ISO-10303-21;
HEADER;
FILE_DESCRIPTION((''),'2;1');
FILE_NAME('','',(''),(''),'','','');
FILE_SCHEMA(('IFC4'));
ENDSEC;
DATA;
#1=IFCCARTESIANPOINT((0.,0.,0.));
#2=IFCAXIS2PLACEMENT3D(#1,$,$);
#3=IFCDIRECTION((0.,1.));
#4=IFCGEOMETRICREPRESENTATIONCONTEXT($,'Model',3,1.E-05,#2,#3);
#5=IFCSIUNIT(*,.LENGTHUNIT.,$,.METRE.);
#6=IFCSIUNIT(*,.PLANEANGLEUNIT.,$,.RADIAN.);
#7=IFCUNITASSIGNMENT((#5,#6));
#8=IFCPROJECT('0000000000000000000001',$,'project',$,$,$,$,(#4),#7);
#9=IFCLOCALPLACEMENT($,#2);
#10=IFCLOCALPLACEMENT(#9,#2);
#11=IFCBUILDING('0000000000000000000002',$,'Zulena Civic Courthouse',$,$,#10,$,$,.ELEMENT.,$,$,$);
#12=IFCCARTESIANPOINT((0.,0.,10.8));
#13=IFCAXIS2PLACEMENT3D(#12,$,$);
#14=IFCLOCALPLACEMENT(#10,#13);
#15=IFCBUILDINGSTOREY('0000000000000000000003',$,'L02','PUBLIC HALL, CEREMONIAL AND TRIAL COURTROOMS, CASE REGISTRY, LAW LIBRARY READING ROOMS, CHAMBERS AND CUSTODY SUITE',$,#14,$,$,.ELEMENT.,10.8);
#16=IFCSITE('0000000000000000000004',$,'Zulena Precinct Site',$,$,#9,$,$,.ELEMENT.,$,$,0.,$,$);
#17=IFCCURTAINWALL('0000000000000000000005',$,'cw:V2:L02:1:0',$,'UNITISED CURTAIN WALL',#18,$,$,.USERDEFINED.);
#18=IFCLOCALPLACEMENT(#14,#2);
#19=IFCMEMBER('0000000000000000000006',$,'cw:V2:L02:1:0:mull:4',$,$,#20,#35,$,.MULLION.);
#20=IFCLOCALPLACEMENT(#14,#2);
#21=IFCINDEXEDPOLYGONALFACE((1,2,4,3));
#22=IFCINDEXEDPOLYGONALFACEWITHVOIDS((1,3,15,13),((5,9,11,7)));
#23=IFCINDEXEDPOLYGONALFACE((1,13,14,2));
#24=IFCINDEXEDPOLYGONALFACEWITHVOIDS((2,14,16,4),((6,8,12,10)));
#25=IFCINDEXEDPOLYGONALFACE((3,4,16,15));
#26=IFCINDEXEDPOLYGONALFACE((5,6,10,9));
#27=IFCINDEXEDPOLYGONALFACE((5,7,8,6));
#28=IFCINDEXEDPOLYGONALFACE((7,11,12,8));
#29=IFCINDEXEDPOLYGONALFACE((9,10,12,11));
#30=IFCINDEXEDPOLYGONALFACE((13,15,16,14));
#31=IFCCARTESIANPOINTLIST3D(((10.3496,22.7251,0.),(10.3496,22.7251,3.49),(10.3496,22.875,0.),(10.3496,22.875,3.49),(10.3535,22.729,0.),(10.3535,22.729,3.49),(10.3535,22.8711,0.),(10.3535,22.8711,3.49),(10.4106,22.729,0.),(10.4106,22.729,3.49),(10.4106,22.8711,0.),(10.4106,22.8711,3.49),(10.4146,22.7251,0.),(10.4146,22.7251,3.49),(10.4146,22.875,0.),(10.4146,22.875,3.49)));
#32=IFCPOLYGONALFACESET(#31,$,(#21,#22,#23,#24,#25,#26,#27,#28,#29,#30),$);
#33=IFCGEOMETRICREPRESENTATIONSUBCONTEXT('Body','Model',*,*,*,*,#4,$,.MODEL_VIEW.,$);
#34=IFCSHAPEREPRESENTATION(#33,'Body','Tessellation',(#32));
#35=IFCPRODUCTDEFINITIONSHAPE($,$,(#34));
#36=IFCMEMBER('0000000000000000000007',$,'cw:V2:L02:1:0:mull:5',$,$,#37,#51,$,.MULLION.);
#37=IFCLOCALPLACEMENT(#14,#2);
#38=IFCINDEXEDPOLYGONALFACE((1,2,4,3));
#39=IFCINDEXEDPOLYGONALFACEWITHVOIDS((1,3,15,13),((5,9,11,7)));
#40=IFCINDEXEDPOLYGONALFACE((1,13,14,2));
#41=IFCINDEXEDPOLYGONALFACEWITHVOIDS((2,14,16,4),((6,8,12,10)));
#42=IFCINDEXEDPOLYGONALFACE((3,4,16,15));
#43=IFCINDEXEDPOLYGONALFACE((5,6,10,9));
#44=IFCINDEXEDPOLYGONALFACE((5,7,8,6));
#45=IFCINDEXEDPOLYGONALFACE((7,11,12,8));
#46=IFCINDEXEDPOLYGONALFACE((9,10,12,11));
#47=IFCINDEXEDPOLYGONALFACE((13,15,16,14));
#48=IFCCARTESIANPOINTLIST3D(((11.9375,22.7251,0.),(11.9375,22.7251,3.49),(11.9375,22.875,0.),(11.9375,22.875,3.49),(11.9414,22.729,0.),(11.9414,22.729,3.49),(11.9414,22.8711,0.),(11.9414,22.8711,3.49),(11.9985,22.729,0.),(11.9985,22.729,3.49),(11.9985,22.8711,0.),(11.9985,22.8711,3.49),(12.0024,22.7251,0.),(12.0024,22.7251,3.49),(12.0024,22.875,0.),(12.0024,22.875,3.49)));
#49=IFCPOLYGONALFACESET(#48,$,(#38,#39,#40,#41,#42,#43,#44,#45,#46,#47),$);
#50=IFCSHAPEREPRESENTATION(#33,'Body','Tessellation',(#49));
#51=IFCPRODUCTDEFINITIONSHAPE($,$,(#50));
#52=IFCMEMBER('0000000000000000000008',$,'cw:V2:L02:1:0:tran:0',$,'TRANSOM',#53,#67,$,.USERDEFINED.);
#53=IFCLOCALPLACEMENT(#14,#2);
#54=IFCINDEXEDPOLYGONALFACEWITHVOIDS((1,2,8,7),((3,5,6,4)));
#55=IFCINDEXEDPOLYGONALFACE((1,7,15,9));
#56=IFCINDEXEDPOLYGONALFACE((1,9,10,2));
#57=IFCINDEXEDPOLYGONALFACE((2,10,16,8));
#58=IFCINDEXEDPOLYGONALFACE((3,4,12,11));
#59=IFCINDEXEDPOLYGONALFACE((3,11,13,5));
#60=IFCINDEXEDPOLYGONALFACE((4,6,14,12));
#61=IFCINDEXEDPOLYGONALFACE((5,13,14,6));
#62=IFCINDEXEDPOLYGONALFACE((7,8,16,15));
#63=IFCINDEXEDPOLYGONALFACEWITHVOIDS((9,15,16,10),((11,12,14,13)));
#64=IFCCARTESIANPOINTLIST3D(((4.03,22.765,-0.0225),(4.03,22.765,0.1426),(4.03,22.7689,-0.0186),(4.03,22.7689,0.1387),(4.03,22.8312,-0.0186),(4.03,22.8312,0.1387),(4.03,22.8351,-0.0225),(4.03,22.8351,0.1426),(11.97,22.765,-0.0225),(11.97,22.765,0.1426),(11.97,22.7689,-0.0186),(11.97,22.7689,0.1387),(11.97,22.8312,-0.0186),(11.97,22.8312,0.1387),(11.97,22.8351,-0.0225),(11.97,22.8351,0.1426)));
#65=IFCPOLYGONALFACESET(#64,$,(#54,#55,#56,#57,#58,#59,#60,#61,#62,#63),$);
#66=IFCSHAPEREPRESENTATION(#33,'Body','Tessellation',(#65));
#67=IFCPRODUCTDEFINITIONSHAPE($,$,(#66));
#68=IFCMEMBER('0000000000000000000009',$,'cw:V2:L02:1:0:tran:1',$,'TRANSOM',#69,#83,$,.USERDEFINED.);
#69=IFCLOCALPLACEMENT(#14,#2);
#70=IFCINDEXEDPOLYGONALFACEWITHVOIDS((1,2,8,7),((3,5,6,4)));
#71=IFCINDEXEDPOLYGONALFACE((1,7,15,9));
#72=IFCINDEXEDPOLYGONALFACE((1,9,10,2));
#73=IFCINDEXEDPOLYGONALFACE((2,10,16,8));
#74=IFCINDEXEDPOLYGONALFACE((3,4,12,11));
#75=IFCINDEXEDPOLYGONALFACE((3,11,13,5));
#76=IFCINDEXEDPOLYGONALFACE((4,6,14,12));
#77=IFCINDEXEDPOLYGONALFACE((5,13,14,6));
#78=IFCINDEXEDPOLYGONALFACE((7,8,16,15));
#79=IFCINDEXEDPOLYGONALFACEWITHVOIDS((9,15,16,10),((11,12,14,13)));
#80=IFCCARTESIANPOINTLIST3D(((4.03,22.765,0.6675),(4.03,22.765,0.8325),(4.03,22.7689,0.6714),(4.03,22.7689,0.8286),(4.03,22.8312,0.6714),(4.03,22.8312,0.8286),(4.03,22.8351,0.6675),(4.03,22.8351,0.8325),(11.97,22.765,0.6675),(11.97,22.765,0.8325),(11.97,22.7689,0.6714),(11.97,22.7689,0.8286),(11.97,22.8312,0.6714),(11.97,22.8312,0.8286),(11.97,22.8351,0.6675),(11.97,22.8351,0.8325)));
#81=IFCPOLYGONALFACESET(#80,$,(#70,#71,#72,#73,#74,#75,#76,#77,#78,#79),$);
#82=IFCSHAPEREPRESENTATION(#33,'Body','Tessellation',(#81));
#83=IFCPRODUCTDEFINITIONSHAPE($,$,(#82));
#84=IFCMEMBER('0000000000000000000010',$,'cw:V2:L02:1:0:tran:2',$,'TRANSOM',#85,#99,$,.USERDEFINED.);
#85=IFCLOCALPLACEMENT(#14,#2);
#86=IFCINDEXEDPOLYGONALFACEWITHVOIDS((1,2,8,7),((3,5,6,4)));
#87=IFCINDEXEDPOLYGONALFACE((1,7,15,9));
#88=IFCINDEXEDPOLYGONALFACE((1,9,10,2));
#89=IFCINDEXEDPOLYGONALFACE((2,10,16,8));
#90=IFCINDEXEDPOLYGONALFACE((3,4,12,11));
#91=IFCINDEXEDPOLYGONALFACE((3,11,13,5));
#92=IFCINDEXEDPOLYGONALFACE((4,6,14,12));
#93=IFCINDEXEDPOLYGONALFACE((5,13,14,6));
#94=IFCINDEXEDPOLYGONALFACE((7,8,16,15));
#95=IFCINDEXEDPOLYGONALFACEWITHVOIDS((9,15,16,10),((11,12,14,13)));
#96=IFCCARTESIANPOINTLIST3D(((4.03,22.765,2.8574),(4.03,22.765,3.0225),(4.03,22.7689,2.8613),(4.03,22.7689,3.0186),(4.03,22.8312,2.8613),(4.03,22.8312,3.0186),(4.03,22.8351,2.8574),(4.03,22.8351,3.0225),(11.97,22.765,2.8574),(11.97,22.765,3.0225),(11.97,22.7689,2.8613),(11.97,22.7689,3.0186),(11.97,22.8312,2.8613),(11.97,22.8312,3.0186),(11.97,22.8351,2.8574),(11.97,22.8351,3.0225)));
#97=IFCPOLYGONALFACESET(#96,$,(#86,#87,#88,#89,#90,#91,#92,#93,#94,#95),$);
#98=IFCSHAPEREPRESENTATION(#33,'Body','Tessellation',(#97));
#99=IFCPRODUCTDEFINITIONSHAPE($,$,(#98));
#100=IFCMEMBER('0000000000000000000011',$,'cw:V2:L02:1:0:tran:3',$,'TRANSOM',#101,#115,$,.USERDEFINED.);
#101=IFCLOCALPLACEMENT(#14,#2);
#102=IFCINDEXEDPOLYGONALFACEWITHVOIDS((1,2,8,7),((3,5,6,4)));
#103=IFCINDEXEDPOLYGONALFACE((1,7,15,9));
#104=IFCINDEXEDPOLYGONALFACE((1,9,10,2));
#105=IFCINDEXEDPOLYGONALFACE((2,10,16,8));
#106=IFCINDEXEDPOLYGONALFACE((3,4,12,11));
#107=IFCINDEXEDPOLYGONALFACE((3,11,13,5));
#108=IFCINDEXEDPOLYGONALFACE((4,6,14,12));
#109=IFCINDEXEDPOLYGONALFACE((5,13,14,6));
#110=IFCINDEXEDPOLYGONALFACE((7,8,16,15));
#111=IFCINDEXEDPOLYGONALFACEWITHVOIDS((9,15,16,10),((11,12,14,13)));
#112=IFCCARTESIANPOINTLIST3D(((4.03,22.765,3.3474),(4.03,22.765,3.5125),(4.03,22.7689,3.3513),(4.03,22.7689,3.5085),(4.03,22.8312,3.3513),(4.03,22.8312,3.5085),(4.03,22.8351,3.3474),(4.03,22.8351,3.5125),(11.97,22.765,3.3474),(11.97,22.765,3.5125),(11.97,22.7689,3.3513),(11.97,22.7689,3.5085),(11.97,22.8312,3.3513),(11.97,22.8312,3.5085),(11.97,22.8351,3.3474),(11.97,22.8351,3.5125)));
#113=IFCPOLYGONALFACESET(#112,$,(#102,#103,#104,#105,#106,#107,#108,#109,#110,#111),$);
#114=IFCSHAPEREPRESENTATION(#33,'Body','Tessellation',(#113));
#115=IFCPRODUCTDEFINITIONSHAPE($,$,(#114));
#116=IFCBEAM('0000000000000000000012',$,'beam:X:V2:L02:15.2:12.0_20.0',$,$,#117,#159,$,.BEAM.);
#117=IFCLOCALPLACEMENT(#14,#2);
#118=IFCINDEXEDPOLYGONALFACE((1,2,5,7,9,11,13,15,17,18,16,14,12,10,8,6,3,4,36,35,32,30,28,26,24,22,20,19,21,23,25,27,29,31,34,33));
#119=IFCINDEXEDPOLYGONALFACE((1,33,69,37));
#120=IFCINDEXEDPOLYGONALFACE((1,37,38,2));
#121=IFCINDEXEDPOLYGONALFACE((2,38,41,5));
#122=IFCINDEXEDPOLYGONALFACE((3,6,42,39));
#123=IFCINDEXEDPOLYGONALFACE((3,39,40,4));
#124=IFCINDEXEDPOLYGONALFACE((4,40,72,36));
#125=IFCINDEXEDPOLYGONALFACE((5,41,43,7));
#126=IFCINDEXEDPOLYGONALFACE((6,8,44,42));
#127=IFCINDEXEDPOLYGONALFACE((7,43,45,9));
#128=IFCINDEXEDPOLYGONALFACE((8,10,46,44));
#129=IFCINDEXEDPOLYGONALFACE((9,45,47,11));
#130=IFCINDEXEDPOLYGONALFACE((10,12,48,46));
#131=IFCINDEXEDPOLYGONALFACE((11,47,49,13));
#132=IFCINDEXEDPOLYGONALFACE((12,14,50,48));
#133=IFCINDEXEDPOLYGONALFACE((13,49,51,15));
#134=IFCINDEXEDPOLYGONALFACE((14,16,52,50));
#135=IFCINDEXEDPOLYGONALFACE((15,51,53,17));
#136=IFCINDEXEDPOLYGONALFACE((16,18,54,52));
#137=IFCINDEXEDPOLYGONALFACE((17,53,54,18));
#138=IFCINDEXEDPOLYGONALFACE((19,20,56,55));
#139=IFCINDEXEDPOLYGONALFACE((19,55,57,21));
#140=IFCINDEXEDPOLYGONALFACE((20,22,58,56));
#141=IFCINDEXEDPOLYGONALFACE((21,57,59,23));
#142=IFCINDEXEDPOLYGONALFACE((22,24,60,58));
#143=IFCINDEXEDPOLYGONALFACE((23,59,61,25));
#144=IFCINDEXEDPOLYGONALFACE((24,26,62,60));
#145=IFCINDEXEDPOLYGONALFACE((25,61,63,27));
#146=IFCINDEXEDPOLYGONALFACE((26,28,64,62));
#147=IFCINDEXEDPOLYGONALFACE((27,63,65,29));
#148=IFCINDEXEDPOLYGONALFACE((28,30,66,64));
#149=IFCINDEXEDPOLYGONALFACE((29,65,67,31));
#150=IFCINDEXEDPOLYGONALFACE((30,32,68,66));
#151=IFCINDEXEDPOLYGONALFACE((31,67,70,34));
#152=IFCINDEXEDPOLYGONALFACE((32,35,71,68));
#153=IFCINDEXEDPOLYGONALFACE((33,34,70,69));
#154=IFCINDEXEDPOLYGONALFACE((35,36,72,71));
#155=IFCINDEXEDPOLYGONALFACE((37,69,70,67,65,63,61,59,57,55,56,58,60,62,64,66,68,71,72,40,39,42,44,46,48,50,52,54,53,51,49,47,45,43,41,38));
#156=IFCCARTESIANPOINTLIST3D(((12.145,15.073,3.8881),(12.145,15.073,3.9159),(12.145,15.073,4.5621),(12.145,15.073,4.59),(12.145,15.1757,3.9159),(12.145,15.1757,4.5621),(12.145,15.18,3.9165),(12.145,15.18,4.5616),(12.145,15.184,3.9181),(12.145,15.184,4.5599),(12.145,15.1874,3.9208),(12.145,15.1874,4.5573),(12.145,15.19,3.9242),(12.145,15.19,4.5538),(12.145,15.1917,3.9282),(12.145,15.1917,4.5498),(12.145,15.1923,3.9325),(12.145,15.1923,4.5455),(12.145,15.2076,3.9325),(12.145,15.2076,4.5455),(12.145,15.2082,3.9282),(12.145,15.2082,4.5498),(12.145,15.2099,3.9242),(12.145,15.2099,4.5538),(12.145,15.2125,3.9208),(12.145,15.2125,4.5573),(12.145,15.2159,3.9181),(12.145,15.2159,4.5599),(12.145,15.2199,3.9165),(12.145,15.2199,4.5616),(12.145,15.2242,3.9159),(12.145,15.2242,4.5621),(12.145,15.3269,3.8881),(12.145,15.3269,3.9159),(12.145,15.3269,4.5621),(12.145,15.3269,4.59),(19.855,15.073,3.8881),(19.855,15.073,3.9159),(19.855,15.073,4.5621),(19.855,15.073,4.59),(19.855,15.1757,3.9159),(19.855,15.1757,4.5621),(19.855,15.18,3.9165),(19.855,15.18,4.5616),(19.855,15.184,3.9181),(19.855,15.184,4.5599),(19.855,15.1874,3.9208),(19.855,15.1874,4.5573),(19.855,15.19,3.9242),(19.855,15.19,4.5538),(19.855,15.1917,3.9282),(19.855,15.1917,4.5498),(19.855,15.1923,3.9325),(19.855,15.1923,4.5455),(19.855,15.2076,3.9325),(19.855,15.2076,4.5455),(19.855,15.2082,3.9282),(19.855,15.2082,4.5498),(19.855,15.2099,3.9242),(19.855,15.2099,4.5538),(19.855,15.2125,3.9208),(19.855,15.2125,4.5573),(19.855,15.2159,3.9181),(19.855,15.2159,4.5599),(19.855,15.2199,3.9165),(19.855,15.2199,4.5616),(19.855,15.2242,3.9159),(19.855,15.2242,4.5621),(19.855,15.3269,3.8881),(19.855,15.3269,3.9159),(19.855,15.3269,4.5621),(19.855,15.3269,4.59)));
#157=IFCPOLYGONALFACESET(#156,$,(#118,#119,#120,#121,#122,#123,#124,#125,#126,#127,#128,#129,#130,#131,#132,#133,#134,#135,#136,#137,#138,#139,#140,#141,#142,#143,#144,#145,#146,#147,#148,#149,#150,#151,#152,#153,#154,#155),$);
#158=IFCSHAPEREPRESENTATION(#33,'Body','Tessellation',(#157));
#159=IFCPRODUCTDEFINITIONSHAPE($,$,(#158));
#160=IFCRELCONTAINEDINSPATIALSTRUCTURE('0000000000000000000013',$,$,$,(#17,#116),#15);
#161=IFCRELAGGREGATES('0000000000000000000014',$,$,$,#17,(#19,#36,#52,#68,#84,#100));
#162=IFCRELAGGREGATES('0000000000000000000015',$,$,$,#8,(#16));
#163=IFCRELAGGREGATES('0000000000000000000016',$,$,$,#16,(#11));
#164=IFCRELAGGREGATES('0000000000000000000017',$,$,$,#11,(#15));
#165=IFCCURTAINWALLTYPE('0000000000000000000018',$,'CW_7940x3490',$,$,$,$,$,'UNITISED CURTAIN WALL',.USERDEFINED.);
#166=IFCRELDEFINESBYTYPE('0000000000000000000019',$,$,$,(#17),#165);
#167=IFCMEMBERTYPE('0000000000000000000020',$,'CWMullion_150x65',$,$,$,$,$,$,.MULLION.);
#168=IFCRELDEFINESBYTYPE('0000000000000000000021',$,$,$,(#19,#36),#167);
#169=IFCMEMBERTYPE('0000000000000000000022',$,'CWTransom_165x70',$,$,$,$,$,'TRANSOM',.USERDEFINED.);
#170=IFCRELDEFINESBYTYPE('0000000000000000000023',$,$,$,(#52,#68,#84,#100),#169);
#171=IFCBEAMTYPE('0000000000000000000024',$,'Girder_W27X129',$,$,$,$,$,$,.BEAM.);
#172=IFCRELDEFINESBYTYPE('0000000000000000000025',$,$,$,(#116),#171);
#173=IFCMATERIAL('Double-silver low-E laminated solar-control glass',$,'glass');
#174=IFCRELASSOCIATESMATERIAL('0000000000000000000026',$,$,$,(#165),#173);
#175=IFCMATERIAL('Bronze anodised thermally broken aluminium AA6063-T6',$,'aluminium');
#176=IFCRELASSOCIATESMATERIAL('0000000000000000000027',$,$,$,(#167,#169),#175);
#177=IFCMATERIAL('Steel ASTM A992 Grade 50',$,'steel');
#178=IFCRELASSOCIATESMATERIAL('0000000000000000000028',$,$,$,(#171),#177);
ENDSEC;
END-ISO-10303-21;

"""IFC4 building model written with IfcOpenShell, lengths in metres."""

from ifc_helpers import new_model, si_unit, direction, frame, origin, origin_2d, place, context, subcontext, project, spatial, hollow_rectangle, i_section, extrude, material, material_profile, profile_set, type_object, element, aggregate, save


model = new_model("IFC4")

# Units and contexts
model_context = context("Model", 3, precision=1e-05, world=origin(), true_north=direction((0.0, 1.0)))
body_context = subcontext(model_context, "Body", "Model", "MODEL_VIEW")
ifc_project = project(units=[si_unit("LENGTHUNIT", "METRE"), si_unit("PLANEANGLEUNIT", "RADIAN")], contexts=[model_context])

# Site, building, storey
site_placement = place(None, origin())
site = spatial("IfcSite", under=ifc_project, at=site_placement, Name="Zulena Precinct Site", CompositionType="ELEMENT", RefElevation=0.0)
building_placement = place(site_placement, origin())
building = spatial("IfcBuilding", under=site, at=building_placement, Name="Zulena Civic Courthouse", CompositionType="ELEMENT")
storey_placement = place(building_placement, frame((0.0, 0.0, 10.8)))
storey = spatial("IfcBuildingStorey", under=building, at=storey_placement, Name="L02", Description="PUBLIC HALL, CEREMONIAL AND TRIAL COURTROOMS, CASE REGISTRY, LAW LIBRARY READING ROOMS, CHAMBERS AND CUSTODY SUITE", CompositionType="ELEMENT", Elevation=10.8)

# Shared definitions
ifc_material_1 = material(Name="Steel ASTM A992 Grade 50", Category="steel")

# Curtain wall, members
ifc_material_2 = material(Name="Double-silver low-E laminated solar-control glass", Category="glass")
curtain_wall_type = type_object("IfcCurtainWallType", Name="CW_7940x3490", ElementType="UNITISED CURTAIN WALL", PredefinedType="USERDEFINED", material=ifc_material_2)
curtain_wall_placement = place(storey_placement, origin())
curtain_wall = element("IfcCurtainWall", 1, at=curtain_wall_placement, inside=storey, type_object=curtain_wall_type, Name="cw:V2:L02:1:0", ObjectType="UNITISED CURTAIN WALL", PredefinedType="USERDEFINED")
ifc_material_3 = material(Name="Bronze anodised thermally broken aluminium AA6063-T6", Category="aluminium")
ifc_material_profile_1 = material_profile(ifc_material_3, hollow_rectangle(XDim=0.0649, YDim=0.1499, WallThickness=0.0039, at=origin_2d()), Name="CWM150X65X4")
ifc_profile_set_1 = profile_set([ifc_material_profile_1], Name="Bronze anodised thermally broken aluminium AA6063-T6")
member_type_1 = type_object("IfcMemberType", Name="CWMullion_150x65", PredefinedType="MULLION", material=ifc_profile_set_1)
member_1_placement = place(storey_placement, frame((10.3821, 22.8, 0.0), z_axis=(0.0, 0.0, 1.0), x_axis=(1.0, 0.0, 0.0)))
member_1 = element("IfcMember", 2, at=member_1_placement, type_object=member_type_1, Name="cw:V2:L02:1:0:mull:4", PredefinedType="MULLION", context=body_context, shape_type="SweptSolid", body=[
    extrude(hollow_rectangle(XDim=0.0649, YDim=0.1499, WallThickness=0.0039, at=origin_2d()), origin(), (0.0, 0.0, 1.0), 3.49),
])
member_2_placement = place(storey_placement, frame((11.97, 22.8, 0.0), z_axis=(0.0, 0.0, 1.0), x_axis=(1.0, 0.0, 0.0)))
member_2 = element("IfcMember", 3, at=member_2_placement, type_object=member_type_1, Name="cw:V2:L02:1:0:mull:5", PredefinedType="MULLION", context=body_context, shape_type="SweptSolid", body=[
    extrude(hollow_rectangle(XDim=0.0649, YDim=0.1499, WallThickness=0.0039, at=origin_2d()), origin(), (0.0, 0.0, 1.0), 3.49),
])
ifc_material_profile_2 = material_profile(ifc_material_3, hollow_rectangle(XDim=0.0701, YDim=0.165, WallThickness=0.0039, at=origin_2d()), Name="CWT165X70X4")
ifc_profile_set_2 = profile_set([ifc_material_profile_2], Name="Bronze anodised thermally broken aluminium AA6063-T6")
member_type_2 = type_object("IfcMemberType", Name="CWTransom_165x70", ElementType="TRANSOM", PredefinedType="USERDEFINED", material=ifc_profile_set_2)
member_3_placement = place(storey_placement, frame((4.03, 22.8, 0.0601), z_axis=(1.0, 0.0, 0.0), x_axis=(0.0, 1.0, 0.0)))
member_3 = element("IfcMember", 4, at=member_3_placement, type_object=member_type_2, Name="cw:V2:L02:1:0:tran:0", ObjectType="TRANSOM", PredefinedType="USERDEFINED", context=body_context, shape_type="SweptSolid", body=[
    extrude(hollow_rectangle(XDim=0.0701, YDim=0.165, WallThickness=0.0039, at=origin_2d()), origin(), (0.0, 0.0, 1.0), 7.9399),
])
member_4_placement = place(storey_placement, frame((4.03, 22.8, 0.75), z_axis=(1.0, 0.0, 0.0), x_axis=(0.0, 1.0, 0.0)))
member_4 = element("IfcMember", 5, at=member_4_placement, type_object=member_type_2, Name="cw:V2:L02:1:0:tran:1", ObjectType="TRANSOM", PredefinedType="USERDEFINED", context=body_context, shape_type="SweptSolid", body=[
    extrude(hollow_rectangle(XDim=0.0701, YDim=0.165, WallThickness=0.0039, at=origin_2d()), origin(), (0.0, 0.0, 1.0), 7.9399),
])
member_5_placement = place(storey_placement, frame((4.03, 22.8, 2.9399), z_axis=(1.0, 0.0, 0.0), x_axis=(0.0, 1.0, 0.0)))
member_5 = element("IfcMember", 6, at=member_5_placement, type_object=member_type_2, Name="cw:V2:L02:1:0:tran:2", ObjectType="TRANSOM", PredefinedType="USERDEFINED", context=body_context, shape_type="SweptSolid", body=[
    extrude(hollow_rectangle(XDim=0.0701, YDim=0.165, WallThickness=0.0039, at=origin_2d()), origin(), (0.0, 0.0, 1.0), 7.9399),
])
member_6_placement = place(storey_placement, frame((4.03, 22.8, 3.4299), z_axis=(1.0, 0.0, 0.0), x_axis=(0.0, 1.0, 0.0)))
member_6 = element("IfcMember", 7, at=member_6_placement, type_object=member_type_2, Name="cw:V2:L02:1:0:tran:3", ObjectType="TRANSOM", PredefinedType="USERDEFINED", context=body_context, shape_type="SweptSolid", body=[
    extrude(hollow_rectangle(XDim=0.0701, YDim=0.165, WallThickness=0.0039, at=origin_2d()), origin(), (0.0, 0.0, 1.0), 7.9399),
])

# Beam
ifc_material_profile_3 = material_profile(ifc_material_1, i_section(OverallWidth=0.2539, OverallDepth=0.7019, WebThickness=0.0154, FlangeThickness=0.0278, FilletRadius=0.0166, at=origin_2d()), Name="W27X129")
ifc_profile_set_3 = profile_set([ifc_material_profile_3], Name="Steel ASTM A992 Grade 50")
beam_type_1 = type_object("IfcBeamType", Name="Girder_W27X129", PredefinedType="BEAM", material=ifc_profile_set_3)
beam_1_placement = place(storey_placement, frame((12.145, 15.2, 4.239), z_axis=(1.0, 0.0, 0.0), x_axis=(0.0, 1.0, 0.0)))
element("IfcBeam", 8, at=beam_1_placement, inside=storey, type_object=beam_type_1, Name="beam:X:V2:L02:15.2:12.0_20.0", PredefinedType="BEAM", context=body_context, shape_type="SweptSolid", body=[
    extrude(i_section(OverallWidth=0.2539, OverallDepth=0.7019, WebThickness=0.0154, FlangeThickness=0.0278, FilletRadius=0.0166, at=origin_2d()), origin(), (0.0, 0.0, 1.0), 7.71),
])

aggregate(curtain_wall, [member_1, member_2, member_3, member_4, member_5, member_6])

save(model, "model.ifc")
